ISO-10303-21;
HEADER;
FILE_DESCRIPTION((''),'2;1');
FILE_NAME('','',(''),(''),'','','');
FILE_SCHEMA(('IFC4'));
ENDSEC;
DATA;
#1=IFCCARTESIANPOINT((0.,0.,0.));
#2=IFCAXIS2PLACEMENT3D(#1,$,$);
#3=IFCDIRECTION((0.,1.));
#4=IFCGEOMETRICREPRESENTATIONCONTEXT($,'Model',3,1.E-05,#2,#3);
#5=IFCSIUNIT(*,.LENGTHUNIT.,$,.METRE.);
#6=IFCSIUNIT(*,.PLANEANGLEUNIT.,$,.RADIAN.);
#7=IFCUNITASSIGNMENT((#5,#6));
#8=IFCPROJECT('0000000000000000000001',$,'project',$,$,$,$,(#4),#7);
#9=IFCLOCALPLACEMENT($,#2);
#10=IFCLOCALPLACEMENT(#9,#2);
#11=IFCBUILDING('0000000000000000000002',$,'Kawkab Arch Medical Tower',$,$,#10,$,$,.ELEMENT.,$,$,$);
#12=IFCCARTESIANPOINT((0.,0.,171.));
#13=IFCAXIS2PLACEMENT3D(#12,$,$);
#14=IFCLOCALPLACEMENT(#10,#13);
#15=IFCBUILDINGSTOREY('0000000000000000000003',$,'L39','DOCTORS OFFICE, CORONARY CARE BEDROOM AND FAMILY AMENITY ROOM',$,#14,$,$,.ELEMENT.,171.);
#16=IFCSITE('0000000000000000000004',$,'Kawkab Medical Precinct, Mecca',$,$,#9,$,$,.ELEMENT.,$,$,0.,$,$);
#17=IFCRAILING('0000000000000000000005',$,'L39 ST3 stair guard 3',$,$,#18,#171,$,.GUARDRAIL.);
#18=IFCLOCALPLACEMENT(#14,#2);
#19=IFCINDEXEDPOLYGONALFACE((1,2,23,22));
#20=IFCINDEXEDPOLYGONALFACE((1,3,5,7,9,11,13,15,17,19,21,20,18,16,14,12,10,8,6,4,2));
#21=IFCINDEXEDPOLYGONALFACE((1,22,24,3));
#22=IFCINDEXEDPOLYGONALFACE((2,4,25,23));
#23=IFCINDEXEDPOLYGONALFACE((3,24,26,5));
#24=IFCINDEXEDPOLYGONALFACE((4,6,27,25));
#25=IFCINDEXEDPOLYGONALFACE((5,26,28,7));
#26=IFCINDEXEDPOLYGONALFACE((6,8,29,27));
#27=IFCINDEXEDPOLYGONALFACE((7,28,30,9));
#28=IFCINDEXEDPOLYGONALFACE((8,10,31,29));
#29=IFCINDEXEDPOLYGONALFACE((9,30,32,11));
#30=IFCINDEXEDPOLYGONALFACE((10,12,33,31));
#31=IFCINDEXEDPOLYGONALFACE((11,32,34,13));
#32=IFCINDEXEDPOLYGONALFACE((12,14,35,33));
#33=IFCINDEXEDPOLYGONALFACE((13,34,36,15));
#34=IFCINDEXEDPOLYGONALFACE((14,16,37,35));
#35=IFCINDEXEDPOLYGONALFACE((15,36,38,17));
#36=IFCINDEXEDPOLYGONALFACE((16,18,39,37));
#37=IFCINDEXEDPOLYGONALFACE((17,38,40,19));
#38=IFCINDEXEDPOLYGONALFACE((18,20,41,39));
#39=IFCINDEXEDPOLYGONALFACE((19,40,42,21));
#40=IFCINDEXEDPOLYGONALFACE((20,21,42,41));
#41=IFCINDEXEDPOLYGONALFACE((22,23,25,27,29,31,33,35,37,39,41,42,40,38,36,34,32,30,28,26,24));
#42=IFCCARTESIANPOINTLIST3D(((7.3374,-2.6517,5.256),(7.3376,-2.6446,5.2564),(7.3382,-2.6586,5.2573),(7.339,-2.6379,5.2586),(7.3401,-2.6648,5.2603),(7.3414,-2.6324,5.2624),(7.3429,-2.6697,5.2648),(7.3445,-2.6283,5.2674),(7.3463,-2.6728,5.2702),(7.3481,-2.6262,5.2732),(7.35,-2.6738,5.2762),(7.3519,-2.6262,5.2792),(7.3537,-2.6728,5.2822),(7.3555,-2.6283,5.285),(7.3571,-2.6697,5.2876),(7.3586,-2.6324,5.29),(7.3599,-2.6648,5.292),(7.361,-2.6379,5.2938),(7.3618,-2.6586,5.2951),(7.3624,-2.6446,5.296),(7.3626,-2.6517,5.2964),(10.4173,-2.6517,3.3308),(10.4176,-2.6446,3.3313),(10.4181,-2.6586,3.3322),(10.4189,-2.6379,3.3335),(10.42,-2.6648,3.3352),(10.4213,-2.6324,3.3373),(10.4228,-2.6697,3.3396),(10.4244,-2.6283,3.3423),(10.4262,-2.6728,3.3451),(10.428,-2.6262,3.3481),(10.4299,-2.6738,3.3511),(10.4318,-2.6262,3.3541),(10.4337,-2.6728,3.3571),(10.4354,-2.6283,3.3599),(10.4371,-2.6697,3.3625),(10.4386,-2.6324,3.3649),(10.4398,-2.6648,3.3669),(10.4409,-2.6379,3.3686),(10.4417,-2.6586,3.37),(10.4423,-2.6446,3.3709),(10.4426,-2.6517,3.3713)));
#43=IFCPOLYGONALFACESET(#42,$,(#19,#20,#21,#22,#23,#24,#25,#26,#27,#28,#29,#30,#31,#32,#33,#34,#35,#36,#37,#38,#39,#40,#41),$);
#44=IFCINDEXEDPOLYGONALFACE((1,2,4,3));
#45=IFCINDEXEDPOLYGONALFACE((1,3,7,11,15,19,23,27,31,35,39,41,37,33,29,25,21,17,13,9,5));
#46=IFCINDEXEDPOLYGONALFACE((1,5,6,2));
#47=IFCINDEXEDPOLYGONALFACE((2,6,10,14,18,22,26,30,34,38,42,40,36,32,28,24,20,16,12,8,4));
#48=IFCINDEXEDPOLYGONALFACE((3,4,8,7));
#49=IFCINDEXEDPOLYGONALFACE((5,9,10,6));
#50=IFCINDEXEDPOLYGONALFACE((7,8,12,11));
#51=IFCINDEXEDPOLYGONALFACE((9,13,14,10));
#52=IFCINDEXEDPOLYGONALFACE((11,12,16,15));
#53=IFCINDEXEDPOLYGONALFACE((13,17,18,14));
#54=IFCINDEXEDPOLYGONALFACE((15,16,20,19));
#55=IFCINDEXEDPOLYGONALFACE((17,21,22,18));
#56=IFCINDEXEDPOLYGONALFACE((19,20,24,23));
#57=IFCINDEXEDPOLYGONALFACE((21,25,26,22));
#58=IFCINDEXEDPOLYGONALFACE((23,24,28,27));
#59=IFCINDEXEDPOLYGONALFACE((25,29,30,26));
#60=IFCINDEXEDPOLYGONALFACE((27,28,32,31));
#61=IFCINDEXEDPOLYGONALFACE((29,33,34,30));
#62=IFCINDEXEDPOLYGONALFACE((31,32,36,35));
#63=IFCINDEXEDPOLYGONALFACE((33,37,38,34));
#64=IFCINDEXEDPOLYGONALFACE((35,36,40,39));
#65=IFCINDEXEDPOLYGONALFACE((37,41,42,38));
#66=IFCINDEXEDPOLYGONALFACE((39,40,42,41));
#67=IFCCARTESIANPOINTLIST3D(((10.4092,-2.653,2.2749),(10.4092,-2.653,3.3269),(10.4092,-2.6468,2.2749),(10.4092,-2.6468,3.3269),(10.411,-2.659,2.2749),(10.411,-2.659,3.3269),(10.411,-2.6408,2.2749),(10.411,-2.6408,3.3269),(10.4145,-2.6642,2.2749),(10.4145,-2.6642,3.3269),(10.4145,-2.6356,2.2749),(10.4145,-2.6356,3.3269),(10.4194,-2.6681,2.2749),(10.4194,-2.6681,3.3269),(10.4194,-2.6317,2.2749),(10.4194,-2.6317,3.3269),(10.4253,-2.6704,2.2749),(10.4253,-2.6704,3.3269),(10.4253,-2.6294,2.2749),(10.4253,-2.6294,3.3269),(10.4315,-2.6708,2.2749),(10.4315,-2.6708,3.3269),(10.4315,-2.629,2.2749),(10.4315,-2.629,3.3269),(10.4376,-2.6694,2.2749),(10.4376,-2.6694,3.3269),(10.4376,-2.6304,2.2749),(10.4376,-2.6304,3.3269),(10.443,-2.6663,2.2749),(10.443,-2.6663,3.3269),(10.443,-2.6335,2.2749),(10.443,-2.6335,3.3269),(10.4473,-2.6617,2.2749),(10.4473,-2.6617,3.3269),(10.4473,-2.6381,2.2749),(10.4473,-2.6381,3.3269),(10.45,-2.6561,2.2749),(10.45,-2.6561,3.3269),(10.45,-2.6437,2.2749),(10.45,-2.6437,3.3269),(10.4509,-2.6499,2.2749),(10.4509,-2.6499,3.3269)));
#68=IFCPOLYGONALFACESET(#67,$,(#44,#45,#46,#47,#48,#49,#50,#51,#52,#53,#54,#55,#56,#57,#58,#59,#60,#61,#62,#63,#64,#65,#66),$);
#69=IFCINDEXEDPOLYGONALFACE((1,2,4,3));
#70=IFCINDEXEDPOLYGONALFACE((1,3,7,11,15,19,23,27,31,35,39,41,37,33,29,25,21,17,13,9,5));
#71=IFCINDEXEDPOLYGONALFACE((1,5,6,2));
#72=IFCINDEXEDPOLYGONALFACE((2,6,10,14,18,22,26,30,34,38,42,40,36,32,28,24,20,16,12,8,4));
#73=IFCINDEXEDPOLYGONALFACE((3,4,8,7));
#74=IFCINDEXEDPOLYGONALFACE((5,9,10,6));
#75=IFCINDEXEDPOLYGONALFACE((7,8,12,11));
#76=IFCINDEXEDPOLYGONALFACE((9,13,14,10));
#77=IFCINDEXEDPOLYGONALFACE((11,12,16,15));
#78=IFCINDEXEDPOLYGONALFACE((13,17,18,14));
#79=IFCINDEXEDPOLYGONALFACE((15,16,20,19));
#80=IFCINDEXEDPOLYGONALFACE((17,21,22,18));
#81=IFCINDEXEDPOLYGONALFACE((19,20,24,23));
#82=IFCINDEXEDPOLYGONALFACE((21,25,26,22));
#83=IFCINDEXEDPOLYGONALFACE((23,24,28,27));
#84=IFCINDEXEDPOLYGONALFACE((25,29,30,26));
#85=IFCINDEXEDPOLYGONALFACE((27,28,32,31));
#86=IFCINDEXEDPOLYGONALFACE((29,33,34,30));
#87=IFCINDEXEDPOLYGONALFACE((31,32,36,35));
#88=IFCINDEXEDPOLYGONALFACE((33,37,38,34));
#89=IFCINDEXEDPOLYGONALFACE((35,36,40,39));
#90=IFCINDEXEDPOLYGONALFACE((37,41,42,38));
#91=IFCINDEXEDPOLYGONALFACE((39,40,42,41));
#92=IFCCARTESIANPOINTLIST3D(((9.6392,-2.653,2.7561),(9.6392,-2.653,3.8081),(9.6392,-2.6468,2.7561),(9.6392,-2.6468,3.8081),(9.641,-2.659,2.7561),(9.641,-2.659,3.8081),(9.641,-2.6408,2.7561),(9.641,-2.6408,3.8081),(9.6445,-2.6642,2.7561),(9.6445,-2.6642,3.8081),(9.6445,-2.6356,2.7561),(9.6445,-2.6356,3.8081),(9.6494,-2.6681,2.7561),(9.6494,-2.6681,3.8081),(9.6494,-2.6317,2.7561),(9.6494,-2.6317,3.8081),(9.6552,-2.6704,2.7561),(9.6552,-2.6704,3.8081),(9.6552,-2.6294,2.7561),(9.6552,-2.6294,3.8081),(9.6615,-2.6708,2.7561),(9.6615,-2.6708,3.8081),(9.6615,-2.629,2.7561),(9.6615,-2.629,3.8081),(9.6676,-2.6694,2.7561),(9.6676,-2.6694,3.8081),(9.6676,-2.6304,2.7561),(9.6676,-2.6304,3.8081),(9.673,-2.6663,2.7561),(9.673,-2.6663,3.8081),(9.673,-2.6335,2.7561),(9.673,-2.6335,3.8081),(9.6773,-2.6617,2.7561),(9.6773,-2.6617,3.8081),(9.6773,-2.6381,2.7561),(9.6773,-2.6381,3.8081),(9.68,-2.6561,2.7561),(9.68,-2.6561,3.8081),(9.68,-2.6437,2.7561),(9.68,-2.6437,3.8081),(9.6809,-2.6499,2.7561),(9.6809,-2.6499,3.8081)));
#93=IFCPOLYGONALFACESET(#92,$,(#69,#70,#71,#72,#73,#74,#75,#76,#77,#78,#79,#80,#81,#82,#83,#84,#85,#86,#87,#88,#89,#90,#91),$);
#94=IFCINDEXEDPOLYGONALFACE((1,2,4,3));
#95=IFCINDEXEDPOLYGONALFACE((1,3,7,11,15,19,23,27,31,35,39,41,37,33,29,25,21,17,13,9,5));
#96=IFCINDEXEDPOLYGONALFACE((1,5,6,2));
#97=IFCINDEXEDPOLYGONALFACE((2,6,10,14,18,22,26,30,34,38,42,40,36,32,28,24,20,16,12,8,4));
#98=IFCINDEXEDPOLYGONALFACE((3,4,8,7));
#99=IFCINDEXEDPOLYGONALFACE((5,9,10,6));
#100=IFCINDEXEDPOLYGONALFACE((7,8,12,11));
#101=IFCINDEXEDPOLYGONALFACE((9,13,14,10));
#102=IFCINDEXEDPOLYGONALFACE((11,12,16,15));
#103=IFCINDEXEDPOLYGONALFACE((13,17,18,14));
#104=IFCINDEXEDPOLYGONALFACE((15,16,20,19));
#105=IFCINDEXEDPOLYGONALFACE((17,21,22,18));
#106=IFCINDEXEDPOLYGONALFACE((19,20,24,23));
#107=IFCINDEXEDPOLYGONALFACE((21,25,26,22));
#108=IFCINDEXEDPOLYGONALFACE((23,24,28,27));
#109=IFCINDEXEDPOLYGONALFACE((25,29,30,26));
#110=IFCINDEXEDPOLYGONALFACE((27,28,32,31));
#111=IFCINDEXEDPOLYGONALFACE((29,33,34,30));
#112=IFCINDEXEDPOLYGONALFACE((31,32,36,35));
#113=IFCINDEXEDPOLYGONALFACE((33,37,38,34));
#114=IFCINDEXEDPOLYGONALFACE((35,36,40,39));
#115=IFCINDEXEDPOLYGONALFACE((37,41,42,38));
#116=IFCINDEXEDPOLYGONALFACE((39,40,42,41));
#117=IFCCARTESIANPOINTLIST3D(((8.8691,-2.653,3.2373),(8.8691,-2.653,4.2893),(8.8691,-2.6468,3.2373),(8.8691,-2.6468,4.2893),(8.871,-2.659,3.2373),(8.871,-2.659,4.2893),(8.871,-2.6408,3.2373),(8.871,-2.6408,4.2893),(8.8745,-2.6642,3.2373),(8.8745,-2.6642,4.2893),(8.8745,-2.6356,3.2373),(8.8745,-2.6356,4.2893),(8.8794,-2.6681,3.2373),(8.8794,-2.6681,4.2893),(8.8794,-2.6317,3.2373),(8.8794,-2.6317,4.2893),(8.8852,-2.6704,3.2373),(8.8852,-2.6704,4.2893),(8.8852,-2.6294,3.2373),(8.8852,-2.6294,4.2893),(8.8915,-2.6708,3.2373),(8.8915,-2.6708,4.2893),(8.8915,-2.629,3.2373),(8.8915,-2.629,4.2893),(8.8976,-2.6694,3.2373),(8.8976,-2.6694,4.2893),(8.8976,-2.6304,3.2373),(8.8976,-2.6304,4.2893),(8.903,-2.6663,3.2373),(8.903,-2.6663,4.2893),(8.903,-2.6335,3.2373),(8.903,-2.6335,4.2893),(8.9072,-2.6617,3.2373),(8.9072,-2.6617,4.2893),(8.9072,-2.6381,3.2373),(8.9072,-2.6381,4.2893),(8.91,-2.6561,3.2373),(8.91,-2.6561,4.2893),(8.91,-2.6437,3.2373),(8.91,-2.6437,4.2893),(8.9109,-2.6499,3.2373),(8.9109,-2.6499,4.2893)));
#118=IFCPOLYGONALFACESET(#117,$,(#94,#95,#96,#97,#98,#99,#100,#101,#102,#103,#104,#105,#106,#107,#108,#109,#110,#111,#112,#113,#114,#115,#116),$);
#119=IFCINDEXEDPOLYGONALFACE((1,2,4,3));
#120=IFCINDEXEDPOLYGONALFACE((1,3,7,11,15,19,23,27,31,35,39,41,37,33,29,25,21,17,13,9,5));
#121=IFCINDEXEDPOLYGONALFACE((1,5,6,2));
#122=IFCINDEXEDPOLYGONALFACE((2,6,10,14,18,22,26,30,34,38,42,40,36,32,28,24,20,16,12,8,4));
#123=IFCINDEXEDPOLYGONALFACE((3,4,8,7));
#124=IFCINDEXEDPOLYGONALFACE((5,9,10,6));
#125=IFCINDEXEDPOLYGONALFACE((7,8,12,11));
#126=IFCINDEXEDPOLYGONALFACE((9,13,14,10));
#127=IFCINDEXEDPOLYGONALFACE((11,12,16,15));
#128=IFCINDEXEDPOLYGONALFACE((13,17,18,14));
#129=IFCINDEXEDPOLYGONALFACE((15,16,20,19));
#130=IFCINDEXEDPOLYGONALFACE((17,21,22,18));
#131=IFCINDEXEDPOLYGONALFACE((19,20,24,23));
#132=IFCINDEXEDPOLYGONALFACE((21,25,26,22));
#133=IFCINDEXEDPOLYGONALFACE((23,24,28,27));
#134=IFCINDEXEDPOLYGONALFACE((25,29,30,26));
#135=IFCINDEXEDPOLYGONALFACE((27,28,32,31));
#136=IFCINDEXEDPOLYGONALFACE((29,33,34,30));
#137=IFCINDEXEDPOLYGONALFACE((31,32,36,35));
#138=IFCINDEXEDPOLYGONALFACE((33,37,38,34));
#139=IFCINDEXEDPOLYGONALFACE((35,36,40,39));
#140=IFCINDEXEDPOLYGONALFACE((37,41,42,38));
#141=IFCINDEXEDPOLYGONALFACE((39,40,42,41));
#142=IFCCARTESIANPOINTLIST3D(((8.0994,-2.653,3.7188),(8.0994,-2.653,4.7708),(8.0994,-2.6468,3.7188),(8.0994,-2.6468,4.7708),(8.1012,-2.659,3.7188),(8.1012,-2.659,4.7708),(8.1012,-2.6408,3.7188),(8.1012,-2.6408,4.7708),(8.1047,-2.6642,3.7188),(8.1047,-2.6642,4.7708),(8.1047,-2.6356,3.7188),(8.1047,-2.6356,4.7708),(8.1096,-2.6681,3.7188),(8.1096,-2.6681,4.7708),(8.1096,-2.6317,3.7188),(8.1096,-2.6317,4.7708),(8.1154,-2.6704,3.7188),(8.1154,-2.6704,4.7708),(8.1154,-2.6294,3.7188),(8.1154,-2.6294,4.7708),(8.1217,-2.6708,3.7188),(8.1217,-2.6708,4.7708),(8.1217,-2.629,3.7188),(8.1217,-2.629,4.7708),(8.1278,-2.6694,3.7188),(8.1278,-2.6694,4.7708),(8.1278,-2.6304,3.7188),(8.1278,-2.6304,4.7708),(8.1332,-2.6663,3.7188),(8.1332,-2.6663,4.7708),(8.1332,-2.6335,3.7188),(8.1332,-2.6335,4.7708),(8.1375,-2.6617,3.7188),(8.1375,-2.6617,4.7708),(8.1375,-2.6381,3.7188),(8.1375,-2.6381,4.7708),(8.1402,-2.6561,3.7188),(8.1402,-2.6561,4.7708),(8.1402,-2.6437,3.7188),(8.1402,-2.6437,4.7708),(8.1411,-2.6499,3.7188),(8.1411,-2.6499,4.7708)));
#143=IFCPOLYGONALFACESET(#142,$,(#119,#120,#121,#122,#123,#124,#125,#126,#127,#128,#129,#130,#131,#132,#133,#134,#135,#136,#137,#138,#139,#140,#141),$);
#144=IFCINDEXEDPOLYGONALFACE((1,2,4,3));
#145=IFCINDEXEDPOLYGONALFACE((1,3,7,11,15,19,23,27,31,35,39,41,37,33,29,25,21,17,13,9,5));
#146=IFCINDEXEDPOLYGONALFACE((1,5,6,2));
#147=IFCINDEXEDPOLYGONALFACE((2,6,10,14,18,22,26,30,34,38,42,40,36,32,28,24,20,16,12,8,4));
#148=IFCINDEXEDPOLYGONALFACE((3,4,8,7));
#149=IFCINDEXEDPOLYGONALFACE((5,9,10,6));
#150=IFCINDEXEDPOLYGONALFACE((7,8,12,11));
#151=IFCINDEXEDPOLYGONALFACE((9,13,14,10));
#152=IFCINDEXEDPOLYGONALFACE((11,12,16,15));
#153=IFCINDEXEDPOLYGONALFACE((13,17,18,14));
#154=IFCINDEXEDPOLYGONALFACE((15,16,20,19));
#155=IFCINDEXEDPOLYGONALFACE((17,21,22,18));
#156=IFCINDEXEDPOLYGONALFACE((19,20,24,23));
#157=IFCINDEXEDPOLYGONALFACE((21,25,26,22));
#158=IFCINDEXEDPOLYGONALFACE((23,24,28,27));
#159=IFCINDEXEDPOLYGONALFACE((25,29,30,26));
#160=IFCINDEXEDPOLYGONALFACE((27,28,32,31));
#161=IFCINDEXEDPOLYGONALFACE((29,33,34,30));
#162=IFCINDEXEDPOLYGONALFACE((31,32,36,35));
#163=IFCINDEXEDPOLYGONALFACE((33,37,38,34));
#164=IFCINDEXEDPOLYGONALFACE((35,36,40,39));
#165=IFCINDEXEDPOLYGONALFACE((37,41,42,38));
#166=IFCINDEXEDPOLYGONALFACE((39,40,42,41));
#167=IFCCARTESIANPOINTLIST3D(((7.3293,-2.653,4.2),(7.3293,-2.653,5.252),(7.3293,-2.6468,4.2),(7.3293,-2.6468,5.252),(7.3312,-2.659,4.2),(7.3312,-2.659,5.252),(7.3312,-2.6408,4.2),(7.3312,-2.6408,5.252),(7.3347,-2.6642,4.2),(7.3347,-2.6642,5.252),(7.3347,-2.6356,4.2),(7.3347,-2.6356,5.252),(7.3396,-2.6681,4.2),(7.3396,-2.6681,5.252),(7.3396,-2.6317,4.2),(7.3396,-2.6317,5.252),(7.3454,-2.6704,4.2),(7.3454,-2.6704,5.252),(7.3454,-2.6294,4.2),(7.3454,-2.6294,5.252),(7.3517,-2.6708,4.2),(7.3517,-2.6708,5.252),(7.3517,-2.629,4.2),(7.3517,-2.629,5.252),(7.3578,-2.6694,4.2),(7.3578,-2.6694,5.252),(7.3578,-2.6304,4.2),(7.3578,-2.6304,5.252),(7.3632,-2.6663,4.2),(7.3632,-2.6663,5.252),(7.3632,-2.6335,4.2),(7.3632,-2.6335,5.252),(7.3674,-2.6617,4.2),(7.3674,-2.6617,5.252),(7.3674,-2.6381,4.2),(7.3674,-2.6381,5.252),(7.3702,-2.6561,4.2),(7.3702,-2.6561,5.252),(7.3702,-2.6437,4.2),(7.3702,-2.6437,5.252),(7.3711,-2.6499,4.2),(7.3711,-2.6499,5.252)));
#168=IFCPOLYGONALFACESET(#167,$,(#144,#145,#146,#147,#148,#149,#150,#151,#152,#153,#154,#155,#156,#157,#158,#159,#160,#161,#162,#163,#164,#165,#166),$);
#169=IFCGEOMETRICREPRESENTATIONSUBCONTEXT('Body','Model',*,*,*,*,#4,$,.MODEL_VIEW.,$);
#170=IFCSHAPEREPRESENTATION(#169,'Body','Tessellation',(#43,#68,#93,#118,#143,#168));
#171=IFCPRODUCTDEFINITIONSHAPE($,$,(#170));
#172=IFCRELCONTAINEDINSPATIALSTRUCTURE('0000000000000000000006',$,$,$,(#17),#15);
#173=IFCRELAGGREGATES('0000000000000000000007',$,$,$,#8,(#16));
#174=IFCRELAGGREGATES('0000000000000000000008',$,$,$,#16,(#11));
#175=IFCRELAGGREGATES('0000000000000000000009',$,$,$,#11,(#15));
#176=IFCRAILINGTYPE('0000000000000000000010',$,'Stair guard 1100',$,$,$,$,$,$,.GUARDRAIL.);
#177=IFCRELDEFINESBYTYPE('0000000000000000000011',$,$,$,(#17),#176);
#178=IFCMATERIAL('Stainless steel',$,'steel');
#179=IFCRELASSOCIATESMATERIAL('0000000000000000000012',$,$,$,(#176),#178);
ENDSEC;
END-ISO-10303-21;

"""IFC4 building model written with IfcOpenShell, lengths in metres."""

from ifc_helpers import new_model, si_unit, direction, frame, origin, origin_2d, place, context, subcontext, project, spatial, circle, extrude, material, type_object, element, save


model = new_model("IFC4")

# Units and contexts
model_context = context("Model", 3, precision=1e-05, world=origin(), true_north=direction((0.0, 1.0)))
body_context = subcontext(model_context, "Body", "Model", "MODEL_VIEW")
ifc_project = project(units=[si_unit("LENGTHUNIT", "METRE"), si_unit("PLANEANGLEUNIT", "RADIAN")], contexts=[model_context])

# Site, building, storey
site_placement = place(None, origin())
site = spatial("IfcSite", under=ifc_project, at=site_placement, Name="Kawkab Medical Precinct, Mecca", CompositionType="ELEMENT", RefElevation=0.0)
building_placement = place(site_placement, origin())
building = spatial("IfcBuilding", under=site, at=building_placement, Name="Kawkab Arch Medical Tower", CompositionType="ELEMENT")
storey_placement = place(building_placement, frame((0.0, 0.0, 171.0)))
storey = spatial("IfcBuildingStorey", under=building, at=storey_placement, Name="L39", Description="DOCTORS OFFICE, CORONARY CARE BEDROOM AND FAMILY AMENITY ROOM", CompositionType="ELEMENT", Elevation=171.0)

# Railing
ifc_material_1 = material(Name="Stainless steel", Category="steel")
railing_type = type_object("IfcRailingType", Name="Stair guard 1100", PredefinedType="GUARDRAIL", material=ifc_material_1)
railing_1_placement = place(storey_placement, frame((10.4299, -2.6499, 2.2749)))
element("IfcRailing", 1, at=railing_1_placement, inside=storey, type_object=railing_type, Name="L39 ST3 stair guard 3", PredefinedType="GUARDRAIL", context=body_context, shape_type="SweptSolid", body=[
    extrude(circle(Radius=0.0239, at=origin_2d()), frame((0.0, 0.0, 1.0762), z_axis=(-0.847979, 0.0, 0.530029), x_axis=(0.0, -1.0, 0.0)), (0.0, 0.0, 1.0), 3.6321),
    extrude(circle(Radius=0.021, at=origin_2d()), origin(), (0.0, 0.0, 1.0), 1.052),
    extrude(circle(Radius=0.021, at=origin_2d()), frame((-0.77, 0.0, 0.4812)), (0.0, 0.0, 1.0), 1.052),
    extrude(circle(Radius=0.021, at=origin_2d()), frame((-1.54, 0.0, 0.9624)), (0.0, 0.0, 1.0), 1.052),
    extrude(circle(Radius=0.021, at=origin_2d()), frame((-2.3098, 0.0, 1.4438)), (0.0, 0.0, 1.0), 1.052),
    extrude(circle(Radius=0.021, at=origin_2d()), frame((-3.0798, 0.0, 1.925)), (0.0, 0.0, 1.0), 1.052),
])

save(model, "model.ifc")
